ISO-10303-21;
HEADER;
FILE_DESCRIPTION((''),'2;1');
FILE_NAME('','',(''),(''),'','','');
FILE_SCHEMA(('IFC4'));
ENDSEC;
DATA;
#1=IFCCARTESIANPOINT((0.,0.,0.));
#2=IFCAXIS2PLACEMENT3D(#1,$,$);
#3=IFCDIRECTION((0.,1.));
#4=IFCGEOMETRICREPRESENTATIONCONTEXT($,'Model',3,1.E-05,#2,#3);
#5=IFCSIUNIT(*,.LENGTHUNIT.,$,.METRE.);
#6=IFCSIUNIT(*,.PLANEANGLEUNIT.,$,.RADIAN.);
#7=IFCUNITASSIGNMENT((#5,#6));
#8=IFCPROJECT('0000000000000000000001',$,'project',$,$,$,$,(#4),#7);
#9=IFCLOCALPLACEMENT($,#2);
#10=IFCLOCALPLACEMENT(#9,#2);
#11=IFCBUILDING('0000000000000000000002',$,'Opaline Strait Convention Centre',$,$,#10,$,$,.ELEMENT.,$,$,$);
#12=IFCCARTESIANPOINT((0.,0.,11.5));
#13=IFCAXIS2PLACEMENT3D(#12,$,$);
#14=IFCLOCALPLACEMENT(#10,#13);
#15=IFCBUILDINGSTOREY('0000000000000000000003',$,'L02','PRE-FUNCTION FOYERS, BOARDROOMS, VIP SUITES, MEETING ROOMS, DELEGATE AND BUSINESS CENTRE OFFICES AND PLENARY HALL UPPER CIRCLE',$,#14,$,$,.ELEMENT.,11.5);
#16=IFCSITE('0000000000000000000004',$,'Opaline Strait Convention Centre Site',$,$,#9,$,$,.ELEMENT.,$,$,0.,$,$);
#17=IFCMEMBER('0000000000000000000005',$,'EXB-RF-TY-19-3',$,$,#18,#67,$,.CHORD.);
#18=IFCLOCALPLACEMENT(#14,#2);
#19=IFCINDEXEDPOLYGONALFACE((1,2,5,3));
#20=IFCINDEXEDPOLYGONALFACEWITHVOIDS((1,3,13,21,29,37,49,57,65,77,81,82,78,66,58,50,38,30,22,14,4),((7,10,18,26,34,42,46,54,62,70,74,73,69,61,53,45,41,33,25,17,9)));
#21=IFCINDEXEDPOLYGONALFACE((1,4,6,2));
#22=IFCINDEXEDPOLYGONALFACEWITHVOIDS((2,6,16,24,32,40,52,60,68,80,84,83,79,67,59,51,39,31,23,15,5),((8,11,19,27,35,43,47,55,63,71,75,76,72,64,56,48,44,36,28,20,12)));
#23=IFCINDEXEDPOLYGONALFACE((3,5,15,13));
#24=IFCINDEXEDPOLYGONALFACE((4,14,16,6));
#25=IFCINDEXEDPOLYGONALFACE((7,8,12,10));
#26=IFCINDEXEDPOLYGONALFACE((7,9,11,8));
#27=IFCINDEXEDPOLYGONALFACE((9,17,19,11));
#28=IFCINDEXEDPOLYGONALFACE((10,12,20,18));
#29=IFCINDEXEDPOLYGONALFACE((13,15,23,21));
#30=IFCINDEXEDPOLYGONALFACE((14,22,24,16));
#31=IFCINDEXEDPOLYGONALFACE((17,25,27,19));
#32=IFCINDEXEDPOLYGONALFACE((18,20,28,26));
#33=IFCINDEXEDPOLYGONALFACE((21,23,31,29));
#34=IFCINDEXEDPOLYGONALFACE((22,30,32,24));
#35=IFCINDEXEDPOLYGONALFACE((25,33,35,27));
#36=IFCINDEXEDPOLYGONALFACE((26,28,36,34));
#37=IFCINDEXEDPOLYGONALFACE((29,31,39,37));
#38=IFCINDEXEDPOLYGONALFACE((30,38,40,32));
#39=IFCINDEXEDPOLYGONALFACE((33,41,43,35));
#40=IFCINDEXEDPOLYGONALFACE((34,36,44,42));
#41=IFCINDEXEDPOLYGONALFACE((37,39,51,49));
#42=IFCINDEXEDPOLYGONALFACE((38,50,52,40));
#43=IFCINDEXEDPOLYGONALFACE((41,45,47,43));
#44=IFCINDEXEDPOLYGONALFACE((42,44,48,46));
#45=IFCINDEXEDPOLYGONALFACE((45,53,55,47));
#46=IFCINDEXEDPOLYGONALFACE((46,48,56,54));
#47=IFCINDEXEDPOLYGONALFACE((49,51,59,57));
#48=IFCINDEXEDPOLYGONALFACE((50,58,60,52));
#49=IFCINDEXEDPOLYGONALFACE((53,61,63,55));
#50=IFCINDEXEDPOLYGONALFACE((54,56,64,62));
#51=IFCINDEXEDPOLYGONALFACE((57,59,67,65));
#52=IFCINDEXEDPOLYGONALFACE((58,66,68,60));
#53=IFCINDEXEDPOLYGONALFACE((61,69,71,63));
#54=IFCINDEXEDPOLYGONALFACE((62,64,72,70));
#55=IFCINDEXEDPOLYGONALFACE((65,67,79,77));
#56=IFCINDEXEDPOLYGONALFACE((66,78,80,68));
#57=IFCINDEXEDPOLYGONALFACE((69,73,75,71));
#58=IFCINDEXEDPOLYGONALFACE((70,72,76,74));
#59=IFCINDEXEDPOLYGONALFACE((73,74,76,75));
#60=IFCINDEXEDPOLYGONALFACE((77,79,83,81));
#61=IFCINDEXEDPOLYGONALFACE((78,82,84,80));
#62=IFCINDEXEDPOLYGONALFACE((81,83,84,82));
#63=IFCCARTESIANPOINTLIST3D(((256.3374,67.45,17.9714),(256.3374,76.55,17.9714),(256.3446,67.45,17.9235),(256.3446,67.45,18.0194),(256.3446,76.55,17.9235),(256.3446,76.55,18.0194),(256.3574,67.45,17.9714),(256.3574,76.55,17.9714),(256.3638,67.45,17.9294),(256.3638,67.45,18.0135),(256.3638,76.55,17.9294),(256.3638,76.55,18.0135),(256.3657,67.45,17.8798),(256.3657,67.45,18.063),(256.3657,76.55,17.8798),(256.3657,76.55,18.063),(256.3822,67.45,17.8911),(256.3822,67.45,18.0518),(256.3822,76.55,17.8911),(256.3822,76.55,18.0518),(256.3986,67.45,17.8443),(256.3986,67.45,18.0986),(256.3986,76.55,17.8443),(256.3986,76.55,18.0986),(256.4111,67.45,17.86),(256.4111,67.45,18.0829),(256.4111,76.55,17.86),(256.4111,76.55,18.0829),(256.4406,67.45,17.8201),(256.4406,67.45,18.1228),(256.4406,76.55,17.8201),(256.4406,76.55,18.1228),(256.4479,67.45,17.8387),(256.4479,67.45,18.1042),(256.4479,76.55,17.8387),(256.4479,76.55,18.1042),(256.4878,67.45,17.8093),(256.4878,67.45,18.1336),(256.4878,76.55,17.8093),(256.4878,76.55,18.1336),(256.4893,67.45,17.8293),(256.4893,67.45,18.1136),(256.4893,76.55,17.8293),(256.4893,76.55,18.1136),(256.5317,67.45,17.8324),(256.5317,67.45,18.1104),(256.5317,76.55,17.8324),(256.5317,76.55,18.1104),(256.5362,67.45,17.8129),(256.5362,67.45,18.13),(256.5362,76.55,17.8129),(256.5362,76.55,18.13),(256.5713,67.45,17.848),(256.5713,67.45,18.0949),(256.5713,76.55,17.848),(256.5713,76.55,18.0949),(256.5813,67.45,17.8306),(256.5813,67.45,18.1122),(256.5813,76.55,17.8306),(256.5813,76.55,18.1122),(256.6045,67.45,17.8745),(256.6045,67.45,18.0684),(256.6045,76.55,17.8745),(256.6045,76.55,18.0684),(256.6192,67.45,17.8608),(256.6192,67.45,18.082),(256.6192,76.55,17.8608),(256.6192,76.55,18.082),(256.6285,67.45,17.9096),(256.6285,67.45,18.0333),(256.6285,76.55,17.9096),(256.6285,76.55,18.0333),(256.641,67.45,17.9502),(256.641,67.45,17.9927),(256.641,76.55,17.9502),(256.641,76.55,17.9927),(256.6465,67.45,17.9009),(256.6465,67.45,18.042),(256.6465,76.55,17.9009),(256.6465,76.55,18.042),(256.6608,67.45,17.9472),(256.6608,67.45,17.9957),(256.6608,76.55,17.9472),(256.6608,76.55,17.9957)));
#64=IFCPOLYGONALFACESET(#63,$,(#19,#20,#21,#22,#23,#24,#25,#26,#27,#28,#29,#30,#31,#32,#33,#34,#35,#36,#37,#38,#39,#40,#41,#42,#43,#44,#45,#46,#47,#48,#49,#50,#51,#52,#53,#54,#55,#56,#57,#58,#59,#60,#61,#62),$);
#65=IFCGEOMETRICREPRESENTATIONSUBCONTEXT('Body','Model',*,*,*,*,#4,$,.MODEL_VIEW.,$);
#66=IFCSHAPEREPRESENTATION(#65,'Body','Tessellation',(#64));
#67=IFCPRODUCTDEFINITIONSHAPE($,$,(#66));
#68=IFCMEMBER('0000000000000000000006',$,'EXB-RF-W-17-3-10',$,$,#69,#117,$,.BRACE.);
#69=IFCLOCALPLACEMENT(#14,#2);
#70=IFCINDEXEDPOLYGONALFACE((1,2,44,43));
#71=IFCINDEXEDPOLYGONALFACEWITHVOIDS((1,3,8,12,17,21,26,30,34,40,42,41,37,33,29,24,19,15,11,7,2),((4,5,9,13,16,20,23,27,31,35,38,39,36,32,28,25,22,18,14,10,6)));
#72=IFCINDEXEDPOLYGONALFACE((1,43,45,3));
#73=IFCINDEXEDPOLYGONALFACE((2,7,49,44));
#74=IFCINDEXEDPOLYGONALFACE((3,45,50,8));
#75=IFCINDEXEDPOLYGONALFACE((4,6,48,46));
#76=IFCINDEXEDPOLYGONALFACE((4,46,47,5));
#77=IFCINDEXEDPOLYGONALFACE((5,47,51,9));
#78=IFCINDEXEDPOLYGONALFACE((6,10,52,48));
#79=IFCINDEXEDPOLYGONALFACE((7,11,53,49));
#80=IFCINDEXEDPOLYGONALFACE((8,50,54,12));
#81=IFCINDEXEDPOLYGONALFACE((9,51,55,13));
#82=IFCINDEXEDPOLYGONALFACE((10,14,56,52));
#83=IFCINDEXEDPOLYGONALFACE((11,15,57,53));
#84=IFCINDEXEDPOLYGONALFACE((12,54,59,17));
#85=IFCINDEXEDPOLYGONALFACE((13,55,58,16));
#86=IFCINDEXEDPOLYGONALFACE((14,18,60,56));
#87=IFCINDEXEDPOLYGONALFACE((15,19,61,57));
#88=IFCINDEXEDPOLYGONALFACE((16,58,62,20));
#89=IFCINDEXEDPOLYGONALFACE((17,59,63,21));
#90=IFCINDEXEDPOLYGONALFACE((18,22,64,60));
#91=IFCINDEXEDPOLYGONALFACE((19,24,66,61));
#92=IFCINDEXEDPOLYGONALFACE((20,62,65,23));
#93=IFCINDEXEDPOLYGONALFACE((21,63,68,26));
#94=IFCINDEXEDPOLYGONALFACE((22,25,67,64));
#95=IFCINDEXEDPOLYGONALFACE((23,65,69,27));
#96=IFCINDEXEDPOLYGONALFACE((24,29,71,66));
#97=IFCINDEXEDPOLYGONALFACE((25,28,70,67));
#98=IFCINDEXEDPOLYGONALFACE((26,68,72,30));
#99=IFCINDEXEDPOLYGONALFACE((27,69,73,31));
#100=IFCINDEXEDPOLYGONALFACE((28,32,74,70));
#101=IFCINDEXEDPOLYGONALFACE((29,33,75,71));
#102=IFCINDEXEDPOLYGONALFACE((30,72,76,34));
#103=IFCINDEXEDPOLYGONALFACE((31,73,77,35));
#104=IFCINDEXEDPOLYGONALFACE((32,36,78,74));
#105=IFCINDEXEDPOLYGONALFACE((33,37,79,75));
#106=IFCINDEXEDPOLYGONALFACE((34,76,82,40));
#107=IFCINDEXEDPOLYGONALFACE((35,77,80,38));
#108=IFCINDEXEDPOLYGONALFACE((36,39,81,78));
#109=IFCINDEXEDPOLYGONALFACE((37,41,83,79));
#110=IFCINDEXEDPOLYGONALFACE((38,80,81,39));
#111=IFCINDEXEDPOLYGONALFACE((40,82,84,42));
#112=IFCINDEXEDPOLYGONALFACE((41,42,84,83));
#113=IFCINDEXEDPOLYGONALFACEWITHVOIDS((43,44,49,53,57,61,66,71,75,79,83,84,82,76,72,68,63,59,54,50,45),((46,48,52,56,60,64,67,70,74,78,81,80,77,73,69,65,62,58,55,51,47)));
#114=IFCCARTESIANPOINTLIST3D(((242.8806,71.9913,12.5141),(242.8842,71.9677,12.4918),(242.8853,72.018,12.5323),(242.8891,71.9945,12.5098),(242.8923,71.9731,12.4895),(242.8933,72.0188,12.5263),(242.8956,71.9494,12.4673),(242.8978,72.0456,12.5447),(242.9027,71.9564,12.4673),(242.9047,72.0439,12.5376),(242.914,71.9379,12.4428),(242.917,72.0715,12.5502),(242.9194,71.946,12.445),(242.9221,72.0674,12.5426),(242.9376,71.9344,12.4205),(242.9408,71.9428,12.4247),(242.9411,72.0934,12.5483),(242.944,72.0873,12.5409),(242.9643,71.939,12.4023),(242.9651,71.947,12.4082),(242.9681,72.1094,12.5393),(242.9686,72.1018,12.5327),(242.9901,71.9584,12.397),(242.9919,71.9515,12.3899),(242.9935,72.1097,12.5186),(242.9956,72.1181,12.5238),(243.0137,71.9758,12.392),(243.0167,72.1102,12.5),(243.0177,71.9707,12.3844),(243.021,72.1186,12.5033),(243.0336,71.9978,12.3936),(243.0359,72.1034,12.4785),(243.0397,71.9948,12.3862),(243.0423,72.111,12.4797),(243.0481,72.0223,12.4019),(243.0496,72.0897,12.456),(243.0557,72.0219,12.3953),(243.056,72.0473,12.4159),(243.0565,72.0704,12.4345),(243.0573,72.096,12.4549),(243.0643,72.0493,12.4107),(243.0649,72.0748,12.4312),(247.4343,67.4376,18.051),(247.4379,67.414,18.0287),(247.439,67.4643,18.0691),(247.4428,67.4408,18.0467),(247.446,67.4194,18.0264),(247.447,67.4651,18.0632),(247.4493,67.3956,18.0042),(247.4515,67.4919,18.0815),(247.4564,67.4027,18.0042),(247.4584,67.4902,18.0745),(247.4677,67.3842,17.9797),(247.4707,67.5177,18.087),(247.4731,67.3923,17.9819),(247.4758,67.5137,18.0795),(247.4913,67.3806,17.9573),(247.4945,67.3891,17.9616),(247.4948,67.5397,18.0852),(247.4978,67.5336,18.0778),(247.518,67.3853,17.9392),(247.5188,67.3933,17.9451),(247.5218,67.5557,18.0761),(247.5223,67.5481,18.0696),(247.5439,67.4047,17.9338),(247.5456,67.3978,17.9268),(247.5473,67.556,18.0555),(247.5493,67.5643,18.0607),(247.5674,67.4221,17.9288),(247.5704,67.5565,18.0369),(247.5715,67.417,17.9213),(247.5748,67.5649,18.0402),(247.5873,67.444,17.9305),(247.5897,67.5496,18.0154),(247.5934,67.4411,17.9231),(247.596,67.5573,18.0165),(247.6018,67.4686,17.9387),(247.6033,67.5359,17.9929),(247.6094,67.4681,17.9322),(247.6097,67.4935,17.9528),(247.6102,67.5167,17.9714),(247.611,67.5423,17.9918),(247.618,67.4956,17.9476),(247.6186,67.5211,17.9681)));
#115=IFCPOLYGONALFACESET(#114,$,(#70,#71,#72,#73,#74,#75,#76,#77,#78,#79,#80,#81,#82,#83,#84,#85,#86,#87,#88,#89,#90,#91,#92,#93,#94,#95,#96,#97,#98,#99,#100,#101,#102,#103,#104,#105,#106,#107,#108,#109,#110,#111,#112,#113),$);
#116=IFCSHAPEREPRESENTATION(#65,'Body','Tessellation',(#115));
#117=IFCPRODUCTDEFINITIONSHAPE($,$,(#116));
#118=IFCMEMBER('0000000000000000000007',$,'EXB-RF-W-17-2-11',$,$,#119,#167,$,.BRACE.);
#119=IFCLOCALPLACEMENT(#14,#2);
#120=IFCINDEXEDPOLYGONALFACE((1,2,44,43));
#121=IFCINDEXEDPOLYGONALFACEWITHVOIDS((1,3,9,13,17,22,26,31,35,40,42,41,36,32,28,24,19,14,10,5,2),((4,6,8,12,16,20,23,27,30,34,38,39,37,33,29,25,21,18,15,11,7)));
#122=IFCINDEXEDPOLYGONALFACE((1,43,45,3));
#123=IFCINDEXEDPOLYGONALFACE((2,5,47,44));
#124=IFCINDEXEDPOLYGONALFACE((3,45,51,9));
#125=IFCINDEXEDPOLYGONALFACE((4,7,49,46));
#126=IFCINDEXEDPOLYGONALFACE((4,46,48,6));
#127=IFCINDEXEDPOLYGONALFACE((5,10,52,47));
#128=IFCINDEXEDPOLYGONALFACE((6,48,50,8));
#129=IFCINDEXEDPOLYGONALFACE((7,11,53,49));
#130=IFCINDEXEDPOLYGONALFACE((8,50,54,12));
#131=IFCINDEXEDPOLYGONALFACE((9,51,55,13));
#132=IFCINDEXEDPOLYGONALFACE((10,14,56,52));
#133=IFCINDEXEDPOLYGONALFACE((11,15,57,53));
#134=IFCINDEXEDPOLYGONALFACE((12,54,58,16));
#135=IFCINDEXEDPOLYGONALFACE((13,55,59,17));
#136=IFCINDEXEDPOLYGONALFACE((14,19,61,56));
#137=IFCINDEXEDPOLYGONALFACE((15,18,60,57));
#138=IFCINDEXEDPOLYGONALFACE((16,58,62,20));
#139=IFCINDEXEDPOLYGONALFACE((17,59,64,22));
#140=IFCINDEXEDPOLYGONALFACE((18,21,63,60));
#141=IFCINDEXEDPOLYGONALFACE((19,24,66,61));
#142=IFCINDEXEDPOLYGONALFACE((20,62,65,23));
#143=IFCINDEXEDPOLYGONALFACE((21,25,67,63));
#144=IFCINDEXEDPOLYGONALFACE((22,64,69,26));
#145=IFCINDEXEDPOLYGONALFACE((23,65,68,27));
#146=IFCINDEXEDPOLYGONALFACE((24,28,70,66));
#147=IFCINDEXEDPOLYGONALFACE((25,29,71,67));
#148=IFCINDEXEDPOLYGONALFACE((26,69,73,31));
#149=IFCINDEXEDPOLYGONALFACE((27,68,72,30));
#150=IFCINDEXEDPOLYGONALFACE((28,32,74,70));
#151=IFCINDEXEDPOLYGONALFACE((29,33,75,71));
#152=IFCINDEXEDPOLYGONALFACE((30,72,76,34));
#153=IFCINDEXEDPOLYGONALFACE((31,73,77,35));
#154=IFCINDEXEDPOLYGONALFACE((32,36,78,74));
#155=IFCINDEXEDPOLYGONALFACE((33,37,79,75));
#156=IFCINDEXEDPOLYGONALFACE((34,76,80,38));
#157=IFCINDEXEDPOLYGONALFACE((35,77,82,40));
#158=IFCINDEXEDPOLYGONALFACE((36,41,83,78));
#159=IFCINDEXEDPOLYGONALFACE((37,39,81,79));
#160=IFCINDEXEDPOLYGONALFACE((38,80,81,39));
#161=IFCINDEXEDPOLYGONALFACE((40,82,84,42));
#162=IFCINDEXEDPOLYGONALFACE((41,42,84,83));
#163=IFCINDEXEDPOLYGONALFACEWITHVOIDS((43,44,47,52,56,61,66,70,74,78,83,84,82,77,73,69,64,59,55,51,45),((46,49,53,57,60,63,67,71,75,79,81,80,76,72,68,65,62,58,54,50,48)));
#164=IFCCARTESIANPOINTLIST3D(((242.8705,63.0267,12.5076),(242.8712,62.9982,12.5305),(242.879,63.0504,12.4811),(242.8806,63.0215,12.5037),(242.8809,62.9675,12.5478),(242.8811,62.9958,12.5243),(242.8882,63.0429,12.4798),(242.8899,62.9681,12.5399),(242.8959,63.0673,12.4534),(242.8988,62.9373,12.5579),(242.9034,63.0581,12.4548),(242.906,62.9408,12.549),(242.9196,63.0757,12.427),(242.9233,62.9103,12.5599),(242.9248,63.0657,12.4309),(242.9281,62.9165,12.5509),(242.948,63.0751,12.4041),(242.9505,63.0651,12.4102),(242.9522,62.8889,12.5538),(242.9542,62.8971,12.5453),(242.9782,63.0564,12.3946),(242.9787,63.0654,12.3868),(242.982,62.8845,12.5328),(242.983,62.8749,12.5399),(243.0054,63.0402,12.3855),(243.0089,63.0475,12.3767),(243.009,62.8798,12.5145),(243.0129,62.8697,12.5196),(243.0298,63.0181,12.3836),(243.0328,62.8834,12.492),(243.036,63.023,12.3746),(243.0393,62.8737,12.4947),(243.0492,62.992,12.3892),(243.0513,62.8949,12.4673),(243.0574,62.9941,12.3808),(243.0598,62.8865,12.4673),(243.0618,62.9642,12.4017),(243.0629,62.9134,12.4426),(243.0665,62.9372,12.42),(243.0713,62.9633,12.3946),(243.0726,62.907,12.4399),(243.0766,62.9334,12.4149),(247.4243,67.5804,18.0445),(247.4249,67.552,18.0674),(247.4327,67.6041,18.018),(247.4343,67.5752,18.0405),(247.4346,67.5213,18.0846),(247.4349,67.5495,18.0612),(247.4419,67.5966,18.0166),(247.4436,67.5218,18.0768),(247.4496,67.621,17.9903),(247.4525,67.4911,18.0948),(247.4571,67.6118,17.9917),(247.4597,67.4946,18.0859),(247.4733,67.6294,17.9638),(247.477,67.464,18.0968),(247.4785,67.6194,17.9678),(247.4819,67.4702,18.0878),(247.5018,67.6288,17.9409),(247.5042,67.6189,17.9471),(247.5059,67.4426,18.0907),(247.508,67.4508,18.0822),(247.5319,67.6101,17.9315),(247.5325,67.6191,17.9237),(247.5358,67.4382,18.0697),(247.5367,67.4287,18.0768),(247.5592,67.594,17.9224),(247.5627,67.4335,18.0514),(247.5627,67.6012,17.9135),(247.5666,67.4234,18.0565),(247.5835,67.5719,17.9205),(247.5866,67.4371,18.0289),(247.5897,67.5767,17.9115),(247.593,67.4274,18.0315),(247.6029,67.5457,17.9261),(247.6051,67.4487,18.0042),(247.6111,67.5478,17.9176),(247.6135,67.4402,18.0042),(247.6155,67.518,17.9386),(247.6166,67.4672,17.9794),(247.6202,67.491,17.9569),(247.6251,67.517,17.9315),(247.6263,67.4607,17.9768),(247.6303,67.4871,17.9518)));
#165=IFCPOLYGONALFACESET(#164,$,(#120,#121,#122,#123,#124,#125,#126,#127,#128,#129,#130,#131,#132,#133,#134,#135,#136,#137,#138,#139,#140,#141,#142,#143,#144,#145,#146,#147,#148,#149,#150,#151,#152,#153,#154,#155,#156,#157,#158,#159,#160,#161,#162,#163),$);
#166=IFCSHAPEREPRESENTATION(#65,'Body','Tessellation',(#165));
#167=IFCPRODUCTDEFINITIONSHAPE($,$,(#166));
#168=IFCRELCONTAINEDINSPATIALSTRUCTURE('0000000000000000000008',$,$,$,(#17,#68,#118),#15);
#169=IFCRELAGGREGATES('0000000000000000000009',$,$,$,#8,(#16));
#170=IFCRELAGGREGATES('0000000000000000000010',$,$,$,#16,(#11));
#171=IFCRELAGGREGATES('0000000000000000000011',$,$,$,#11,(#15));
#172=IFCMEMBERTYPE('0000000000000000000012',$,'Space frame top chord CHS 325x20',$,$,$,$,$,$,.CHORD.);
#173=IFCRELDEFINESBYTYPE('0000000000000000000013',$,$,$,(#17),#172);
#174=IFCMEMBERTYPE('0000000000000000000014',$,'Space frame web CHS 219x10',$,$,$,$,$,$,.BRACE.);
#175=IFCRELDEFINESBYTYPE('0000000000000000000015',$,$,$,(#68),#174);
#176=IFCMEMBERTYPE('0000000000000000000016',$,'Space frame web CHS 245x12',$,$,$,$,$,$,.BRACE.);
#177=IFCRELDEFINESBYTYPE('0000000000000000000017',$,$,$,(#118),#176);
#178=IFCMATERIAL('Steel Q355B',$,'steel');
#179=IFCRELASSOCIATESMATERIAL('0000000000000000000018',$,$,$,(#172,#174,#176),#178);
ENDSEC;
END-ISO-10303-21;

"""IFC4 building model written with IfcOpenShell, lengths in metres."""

from ifc_helpers import new_model, si_unit, direction, frame, origin, origin_2d, place, context, subcontext, project, spatial, hollow_circle, extrude, material, material_profile, profile_set, type_object, element, save


model = new_model("IFC4")

# Units and contexts
model_context = context("Model", 3, precision=1e-05, world=origin(), true_north=direction((0.0, 1.0)))
body_context = subcontext(model_context, "Body", "Model", "MODEL_VIEW")
ifc_project = project(units=[si_unit("LENGTHUNIT", "METRE"), si_unit("PLANEANGLEUNIT", "RADIAN")], contexts=[model_context])

# Site, building, storey
site_placement = place(None, origin())
site = spatial("IfcSite", under=ifc_project, at=site_placement, Name="Opaline Strait Convention Centre Site", CompositionType="ELEMENT", RefElevation=0.0)
building_placement = place(site_placement, origin())
building = spatial("IfcBuilding", under=site, at=building_placement, Name="Opaline Strait Convention Centre", CompositionType="ELEMENT")
storey_placement = place(building_placement, frame((0.0, 0.0, 11.5)))
storey = spatial("IfcBuildingStorey", under=building, at=storey_placement, Name="L02", Description="PRE-FUNCTION FOYERS, BOARDROOMS, VIP SUITES, MEETING ROOMS, DELEGATE AND BUSINESS CENTRE OFFICES AND PLENARY HALL UPPER CIRCLE", CompositionType="ELEMENT", Elevation=11.5)

# Members
ifc_material_1 = material(Name="Steel Q355B", Category="steel")
ifc_material_profile_1 = material_profile(ifc_material_1, hollow_circle(Radius=0.1626, WallThickness=0.02, at=origin_2d()), Name="CHS 325x20")
ifc_profile_set_1 = profile_set([ifc_material_profile_1], Name="Steel Q355B")
member_type_1 = type_object("IfcMemberType", Name="Space frame top chord CHS 325x20", PredefinedType="CHORD", material=ifc_profile_set_1)
for number, where, z_axis, x_axis, name in (
    (1, (256.5, 67.45, 17.9714), (0.0, 1.0, 0.0), (-1.0, 0.0, 0.0), "EXB-RF-TY-19-3"),
):
    element("IfcMember", number, at=place(storey_placement, frame(where, z_axis=z_axis, x_axis=x_axis)), inside=storey, type_object=member_type_1, Name=name, PredefinedType="CHORD", context=body_context, shape_type="SweptSolid", body=[
        extrude(hollow_circle(Radius=0.1626, WallThickness=0.02, at=origin_2d()), origin(), (0.0, 0.0, 1.0), 9.1001),
    ])
ifc_material_profile_2 = material_profile(ifc_material_1, hollow_circle(Radius=0.1096, WallThickness=0.01, at=origin_2d()), Name="CHS 219x10")
ifc_profile_set_2 = profile_set([ifc_material_profile_2], Name="Steel Q355B")
member_type_2 = type_object("IfcMemberType", Name="Space frame web CHS 219x10", PredefinedType="BRACE", material=ifc_profile_set_2)
member_1_placement = place(storey_placement, frame((247.5269, 67.4731, 18.0042), z_axis=(-0.536178, 0.536178, -0.65194), x_axis=(-0.707107, -0.707107, 0.0)))
element("IfcMember", 2, at=member_1_placement, inside=storey, type_object=member_type_2, Name="EXB-RF-W-17-3-10", PredefinedType="BRACE", context=body_context, shape_type="SweptSolid", body=[
    extrude(hollow_circle(Radius=0.1096, WallThickness=0.01, at=origin_2d()), origin(), (0.0, 0.0, 1.0), 8.4929),
])
ifc_material_profile_3 = material_profile(ifc_material_1, hollow_circle(Radius=0.1226, WallThickness=0.012, at=origin_2d()), Name="CHS 245x12")
ifc_profile_set_3 = profile_set([ifc_material_profile_3], Name="Steel Q355B")
member_type_3 = type_object("IfcMemberType", Name="Space frame web CHS 245x12", PredefinedType="BRACE", material=ifc_profile_set_3)
for number, where, z_axis, x_axis, name in (
    (3, (247.5269, 67.5269, 18.0042), (-0.536178, -0.536178, -0.65194), (0.707107, -0.707107, 0.0), "EXB-RF-W-17-2-11"),
):
    element("IfcMember", number, at=place(storey_placement, frame(where, z_axis=z_axis, x_axis=x_axis)), inside=storey, type_object=member_type_3, Name=name, PredefinedType="BRACE", context=body_context, shape_type="SweptSolid", body=[
        extrude(hollow_circle(Radius=0.1226, WallThickness=0.012, at=origin_2d()), origin(), (0.0, 0.0, 1.0), 8.4929),
    ])

save(model, "model.ifc")
